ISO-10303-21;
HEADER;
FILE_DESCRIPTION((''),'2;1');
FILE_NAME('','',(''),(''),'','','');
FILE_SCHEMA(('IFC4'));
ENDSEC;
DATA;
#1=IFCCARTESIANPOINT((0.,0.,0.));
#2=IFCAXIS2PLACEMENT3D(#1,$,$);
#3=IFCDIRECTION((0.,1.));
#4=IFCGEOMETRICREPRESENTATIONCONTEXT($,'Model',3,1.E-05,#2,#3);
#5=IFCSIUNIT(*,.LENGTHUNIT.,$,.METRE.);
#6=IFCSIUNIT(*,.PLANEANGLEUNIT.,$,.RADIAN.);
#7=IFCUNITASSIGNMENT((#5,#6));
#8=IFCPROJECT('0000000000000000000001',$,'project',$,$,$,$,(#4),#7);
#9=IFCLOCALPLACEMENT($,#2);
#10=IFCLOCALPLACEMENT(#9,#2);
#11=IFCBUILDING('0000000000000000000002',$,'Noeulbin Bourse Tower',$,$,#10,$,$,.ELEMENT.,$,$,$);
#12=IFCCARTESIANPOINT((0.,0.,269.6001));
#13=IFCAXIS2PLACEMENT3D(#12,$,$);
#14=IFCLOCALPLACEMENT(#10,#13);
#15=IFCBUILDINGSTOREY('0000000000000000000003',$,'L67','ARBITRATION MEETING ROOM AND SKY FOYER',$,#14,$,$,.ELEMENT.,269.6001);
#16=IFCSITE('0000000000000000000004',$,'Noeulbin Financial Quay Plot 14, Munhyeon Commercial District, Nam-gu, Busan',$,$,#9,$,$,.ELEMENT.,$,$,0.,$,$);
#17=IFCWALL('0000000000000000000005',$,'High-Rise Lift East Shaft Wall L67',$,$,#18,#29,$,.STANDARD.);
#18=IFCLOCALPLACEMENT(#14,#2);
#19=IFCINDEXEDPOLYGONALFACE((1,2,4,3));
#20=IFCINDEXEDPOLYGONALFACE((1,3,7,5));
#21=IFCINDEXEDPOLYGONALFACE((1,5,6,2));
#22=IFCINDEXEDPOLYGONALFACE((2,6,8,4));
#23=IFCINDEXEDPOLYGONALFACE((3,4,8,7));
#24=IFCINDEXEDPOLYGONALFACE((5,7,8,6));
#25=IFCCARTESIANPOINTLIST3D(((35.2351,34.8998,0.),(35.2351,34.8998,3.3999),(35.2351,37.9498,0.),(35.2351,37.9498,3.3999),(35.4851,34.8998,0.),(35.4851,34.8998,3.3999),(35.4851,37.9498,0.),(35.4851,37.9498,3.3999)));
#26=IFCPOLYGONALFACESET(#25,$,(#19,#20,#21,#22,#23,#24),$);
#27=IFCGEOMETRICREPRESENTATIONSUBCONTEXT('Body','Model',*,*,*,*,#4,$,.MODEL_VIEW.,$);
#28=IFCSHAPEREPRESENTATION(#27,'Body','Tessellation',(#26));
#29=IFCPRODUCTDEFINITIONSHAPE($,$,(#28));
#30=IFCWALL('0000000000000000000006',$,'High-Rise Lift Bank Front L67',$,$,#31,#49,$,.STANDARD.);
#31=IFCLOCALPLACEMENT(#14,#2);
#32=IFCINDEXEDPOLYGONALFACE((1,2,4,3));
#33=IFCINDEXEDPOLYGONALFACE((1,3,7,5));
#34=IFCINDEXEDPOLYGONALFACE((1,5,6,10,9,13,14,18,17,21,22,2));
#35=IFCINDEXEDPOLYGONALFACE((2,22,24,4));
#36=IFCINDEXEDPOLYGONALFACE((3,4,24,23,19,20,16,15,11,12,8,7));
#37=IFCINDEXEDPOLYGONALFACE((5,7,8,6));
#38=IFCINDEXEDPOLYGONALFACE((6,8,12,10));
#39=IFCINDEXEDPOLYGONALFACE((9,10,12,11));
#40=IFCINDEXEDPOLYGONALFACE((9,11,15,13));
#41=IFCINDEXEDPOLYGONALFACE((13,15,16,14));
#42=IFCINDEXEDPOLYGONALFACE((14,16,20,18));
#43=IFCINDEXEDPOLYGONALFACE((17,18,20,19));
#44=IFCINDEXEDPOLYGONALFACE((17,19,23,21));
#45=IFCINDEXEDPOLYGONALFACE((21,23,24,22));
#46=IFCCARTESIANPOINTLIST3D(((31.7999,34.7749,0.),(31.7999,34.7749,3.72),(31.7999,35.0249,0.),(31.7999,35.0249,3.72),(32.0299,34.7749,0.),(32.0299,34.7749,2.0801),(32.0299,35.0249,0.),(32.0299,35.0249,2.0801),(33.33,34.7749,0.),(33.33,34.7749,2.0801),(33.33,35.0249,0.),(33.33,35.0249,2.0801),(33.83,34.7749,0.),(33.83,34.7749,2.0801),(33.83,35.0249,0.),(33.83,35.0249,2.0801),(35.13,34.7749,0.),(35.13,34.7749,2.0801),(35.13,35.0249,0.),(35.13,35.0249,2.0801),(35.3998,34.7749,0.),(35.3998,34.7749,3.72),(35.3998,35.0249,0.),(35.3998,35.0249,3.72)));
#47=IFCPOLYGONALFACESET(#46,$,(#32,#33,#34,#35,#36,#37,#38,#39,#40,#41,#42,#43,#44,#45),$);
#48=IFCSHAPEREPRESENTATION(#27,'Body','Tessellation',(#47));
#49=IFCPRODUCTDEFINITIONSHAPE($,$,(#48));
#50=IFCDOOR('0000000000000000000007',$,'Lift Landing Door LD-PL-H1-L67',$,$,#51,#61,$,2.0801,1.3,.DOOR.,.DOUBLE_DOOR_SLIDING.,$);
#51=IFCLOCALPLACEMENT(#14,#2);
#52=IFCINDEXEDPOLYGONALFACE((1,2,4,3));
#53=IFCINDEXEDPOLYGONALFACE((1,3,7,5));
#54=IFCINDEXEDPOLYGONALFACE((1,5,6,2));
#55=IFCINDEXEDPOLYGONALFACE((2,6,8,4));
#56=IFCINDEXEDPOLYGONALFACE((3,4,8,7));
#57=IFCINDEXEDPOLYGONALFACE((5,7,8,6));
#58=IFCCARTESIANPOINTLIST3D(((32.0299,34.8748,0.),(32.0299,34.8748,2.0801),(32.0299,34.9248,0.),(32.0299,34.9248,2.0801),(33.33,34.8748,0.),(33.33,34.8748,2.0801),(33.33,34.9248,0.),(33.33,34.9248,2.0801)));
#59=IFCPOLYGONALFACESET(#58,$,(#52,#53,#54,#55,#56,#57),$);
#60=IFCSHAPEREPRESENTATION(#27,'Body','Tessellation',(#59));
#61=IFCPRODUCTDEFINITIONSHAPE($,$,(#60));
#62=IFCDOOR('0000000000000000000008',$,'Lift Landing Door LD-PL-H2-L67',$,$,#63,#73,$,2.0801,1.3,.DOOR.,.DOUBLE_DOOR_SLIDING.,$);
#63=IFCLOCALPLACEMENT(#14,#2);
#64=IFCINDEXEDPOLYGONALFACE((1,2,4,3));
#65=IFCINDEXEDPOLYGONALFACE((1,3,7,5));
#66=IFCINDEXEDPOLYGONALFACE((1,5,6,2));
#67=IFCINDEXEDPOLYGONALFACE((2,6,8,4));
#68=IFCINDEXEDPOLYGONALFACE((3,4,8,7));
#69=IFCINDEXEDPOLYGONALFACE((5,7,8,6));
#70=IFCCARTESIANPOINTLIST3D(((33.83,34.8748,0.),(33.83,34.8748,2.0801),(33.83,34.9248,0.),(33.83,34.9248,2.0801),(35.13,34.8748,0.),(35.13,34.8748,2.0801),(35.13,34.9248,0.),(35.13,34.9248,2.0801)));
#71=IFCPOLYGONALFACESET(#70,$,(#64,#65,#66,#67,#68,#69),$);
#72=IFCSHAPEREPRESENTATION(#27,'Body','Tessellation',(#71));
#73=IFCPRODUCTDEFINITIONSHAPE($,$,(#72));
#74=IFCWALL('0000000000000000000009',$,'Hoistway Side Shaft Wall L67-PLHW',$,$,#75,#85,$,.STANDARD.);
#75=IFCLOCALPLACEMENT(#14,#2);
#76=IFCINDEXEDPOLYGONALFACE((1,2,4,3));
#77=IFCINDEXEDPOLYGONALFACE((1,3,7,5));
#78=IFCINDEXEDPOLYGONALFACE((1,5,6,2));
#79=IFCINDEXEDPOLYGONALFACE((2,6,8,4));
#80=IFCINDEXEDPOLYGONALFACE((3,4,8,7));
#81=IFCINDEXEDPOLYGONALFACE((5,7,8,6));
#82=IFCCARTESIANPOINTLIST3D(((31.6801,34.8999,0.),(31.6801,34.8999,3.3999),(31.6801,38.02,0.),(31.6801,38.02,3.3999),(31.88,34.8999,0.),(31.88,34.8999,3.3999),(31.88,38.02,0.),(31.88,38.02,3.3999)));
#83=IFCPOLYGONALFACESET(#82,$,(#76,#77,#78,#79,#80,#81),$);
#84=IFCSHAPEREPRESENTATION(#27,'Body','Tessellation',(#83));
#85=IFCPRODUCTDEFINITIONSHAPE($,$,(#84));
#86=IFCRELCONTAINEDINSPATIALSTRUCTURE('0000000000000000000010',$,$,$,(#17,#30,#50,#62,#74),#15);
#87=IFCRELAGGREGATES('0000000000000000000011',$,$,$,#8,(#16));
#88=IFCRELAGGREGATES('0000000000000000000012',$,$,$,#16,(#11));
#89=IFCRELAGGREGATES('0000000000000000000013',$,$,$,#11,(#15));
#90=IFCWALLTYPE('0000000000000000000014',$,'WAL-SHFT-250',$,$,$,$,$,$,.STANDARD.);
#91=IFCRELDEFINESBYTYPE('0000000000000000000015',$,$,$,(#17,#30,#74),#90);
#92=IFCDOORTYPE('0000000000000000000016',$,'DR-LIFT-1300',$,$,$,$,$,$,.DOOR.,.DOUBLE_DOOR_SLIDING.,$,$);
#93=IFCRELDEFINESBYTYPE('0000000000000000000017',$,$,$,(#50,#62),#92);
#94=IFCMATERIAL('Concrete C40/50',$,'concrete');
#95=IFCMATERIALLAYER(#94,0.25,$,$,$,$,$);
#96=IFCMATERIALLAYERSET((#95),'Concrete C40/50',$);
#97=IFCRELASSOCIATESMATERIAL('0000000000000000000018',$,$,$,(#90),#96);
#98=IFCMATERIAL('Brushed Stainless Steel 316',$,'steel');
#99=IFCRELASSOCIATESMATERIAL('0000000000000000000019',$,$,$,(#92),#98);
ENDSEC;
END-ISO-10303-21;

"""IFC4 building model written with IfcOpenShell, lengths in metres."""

from ifc_helpers import new_model, si_unit, direction, frame, frame_2d, origin, place, context, subcontext, project, spatial, rectangle, extrude, material, layer, layer_set, type_object, element, fill, save


model = new_model("IFC4")

# Units and contexts
model_context = context("Model", 3, precision=1e-05, world=origin(), true_north=direction((0.0, 1.0)))
body_context = subcontext(model_context, "Body", "Model", "MODEL_VIEW")
ifc_project = project(units=[si_unit("LENGTHUNIT", "METRE"), si_unit("PLANEANGLEUNIT", "RADIAN")], contexts=[model_context])

# Site, building, storey
site_placement = place(None, origin())
site = spatial("IfcSite", under=ifc_project, at=site_placement, Name="Noeulbin Financial Quay Plot 14, Munhyeon Commercial District, Nam-gu, Busan", CompositionType="ELEMENT", RefElevation=0.0)
building_placement = place(site_placement, origin())
building = spatial("IfcBuilding", under=site, at=building_placement, Name="Noeulbin Bourse Tower", CompositionType="ELEMENT")
storey_placement = place(building_placement, frame((0.0, 0.0, 269.6001)))
storey = spatial("IfcBuildingStorey", under=building, at=storey_placement, Name="L67", Description="ARBITRATION MEETING ROOM AND SKY FOYER", CompositionType="ELEMENT", Elevation=269.6001)

# Shared definitions
ifc_material_1 = material(Name="Concrete C40/50", Category="concrete")
ifc_layer_1 = layer(ifc_material_1, 0.25)
ifc_layer_set_1 = layer_set([ifc_layer_1], Name="Concrete C40/50")
wall_type_1 = type_object("IfcWallType", Name="WAL-SHFT-250", PredefinedType="STANDARD", material=ifc_layer_set_1)
ifc_material_2 = material(Name="Brushed Stainless Steel 316", Category="steel")

# Wall
wall_1_placement = place(storey_placement, frame((35.3601, 34.8999, 0.0), z_axis=(0.0, 0.0, 1.0), x_axis=(0.0, 1.0, 0.0)))
element("IfcWall", 1, at=wall_1_placement, inside=storey, type_object=wall_type_1, Name="High-Rise Lift East Shaft Wall L67", PredefinedType="STANDARD", context=body_context, shape_type="SweptSolid", body=[
    extrude(rectangle(XDim=3.05, YDim=0.25, at=frame_2d((1.5249, 0.0))), origin(), (0.0, 0.0, 1.0), 3.3999),
])

# Wall, openings, doors
wall_2_placement = place(storey_placement, frame((31.8, 34.8999, 0.0), z_axis=(0.0, 0.0, 1.0), x_axis=(1.0, 0.0, 0.0)))
wall_2 = element("IfcWall", 2, at=wall_2_placement, inside=storey, type_object=wall_type_1, Name="High-Rise Lift Bank Front L67", PredefinedType="STANDARD", context=body_context, shape_type="SweptSolid", body=[
    extrude(rectangle(XDim=3.5999, YDim=0.25, at=frame_2d((1.7998, 0.0))), origin(), (0.0, 0.0, 1.0), 3.72),
])
opening_1_placement = place(wall_2_placement, frame((0.23, 0.0, 0.0)))
opening_1 = element("IfcOpeningElement", 3, at=opening_1_placement, cuts=wall_2, PredefinedType="OPENING", context=body_context, shape_type="SweptSolid", body=[
    extrude(rectangle(XDim=1.3, YDim=2.0801, at=frame_2d((0.6499, 1.04))), frame((0.0, 0.135, 0.0), z_axis=(0.0, -1.0, 0.0), x_axis=(1.0, 0.0, 0.0)), (0.0, 0.0, 1.0), 0.27),
])
opening_2_placement = place(wall_2_placement, frame((2.03, 0.0, 0.0)))
opening_2 = element("IfcOpeningElement", 4, at=opening_2_placement, cuts=wall_2, PredefinedType="OPENING", context=body_context, shape_type="SweptSolid", body=[
    extrude(rectangle(XDim=1.3, YDim=2.0801, at=frame_2d((0.6499, 1.04))), frame((0.0, 0.135, 0.0), z_axis=(0.0, -1.0, 0.0), x_axis=(1.0, 0.0, 0.0)), (0.0, 0.0, 1.0), 0.27),
])
door_type_1 = type_object("IfcDoorType", Name="DR-LIFT-1300", OperationType="DOUBLE_DOOR_SLIDING", PredefinedType="DOOR", material=ifc_material_2)
door_1_placement = place(opening_1_placement, origin())
door_1 = element("IfcDoor", 5, at=door_1_placement, inside=storey, type_object=door_type_1, Name="Lift Landing Door LD-PL-H1-L67", OperationType="DOUBLE_DOOR_SLIDING", OverallHeight=2.0801, OverallWidth=1.3, PredefinedType="DOOR", context=body_context, shape_type="SweptSolid", body=[
    extrude(rectangle(XDim=1.3, YDim=2.0801, at=frame_2d((0.6499, 1.04))), frame((0.0, 0.0249, 0.0), z_axis=(0.0, -1.0, 0.0), x_axis=(1.0, 0.0, 0.0)), (0.0, 0.0, 1.0), 0.05),
])
fill(opening_1, door_1)
door_2_placement = place(opening_2_placement, origin())
door_2 = element("IfcDoor", 6, at=door_2_placement, inside=storey, type_object=door_type_1, Name="Lift Landing Door LD-PL-H2-L67", OperationType="DOUBLE_DOOR_SLIDING", OverallHeight=2.0801, OverallWidth=1.3, PredefinedType="DOOR", context=body_context, shape_type="SweptSolid", body=[
    extrude(rectangle(XDim=1.3, YDim=2.0801, at=frame_2d((0.6499, 1.04))), frame((0.0, 0.0249, 0.0), z_axis=(0.0, -1.0, 0.0), x_axis=(1.0, 0.0, 0.0)), (0.0, 0.0, 1.0), 0.05),
])
fill(opening_2, door_2)

# Wall
wall_3_placement = place(storey_placement, frame((31.78, 34.8999, 0.0), z_axis=(0.0, 0.0, 1.0), x_axis=(0.0, 1.0, 0.0)))
element("IfcWall", 7, at=wall_3_placement, inside=storey, type_object=wall_type_1, Name="Hoistway Side Shaft Wall L67-PLHW", PredefinedType="STANDARD", context=body_context, shape_type="SweptSolid", body=[
    extrude(rectangle(XDim=3.1201, YDim=0.2, at=frame_2d((1.5601, 0.0))), origin(), (0.0, 0.0, 1.0), 3.3999),
])

save(model, "model.ifc")
